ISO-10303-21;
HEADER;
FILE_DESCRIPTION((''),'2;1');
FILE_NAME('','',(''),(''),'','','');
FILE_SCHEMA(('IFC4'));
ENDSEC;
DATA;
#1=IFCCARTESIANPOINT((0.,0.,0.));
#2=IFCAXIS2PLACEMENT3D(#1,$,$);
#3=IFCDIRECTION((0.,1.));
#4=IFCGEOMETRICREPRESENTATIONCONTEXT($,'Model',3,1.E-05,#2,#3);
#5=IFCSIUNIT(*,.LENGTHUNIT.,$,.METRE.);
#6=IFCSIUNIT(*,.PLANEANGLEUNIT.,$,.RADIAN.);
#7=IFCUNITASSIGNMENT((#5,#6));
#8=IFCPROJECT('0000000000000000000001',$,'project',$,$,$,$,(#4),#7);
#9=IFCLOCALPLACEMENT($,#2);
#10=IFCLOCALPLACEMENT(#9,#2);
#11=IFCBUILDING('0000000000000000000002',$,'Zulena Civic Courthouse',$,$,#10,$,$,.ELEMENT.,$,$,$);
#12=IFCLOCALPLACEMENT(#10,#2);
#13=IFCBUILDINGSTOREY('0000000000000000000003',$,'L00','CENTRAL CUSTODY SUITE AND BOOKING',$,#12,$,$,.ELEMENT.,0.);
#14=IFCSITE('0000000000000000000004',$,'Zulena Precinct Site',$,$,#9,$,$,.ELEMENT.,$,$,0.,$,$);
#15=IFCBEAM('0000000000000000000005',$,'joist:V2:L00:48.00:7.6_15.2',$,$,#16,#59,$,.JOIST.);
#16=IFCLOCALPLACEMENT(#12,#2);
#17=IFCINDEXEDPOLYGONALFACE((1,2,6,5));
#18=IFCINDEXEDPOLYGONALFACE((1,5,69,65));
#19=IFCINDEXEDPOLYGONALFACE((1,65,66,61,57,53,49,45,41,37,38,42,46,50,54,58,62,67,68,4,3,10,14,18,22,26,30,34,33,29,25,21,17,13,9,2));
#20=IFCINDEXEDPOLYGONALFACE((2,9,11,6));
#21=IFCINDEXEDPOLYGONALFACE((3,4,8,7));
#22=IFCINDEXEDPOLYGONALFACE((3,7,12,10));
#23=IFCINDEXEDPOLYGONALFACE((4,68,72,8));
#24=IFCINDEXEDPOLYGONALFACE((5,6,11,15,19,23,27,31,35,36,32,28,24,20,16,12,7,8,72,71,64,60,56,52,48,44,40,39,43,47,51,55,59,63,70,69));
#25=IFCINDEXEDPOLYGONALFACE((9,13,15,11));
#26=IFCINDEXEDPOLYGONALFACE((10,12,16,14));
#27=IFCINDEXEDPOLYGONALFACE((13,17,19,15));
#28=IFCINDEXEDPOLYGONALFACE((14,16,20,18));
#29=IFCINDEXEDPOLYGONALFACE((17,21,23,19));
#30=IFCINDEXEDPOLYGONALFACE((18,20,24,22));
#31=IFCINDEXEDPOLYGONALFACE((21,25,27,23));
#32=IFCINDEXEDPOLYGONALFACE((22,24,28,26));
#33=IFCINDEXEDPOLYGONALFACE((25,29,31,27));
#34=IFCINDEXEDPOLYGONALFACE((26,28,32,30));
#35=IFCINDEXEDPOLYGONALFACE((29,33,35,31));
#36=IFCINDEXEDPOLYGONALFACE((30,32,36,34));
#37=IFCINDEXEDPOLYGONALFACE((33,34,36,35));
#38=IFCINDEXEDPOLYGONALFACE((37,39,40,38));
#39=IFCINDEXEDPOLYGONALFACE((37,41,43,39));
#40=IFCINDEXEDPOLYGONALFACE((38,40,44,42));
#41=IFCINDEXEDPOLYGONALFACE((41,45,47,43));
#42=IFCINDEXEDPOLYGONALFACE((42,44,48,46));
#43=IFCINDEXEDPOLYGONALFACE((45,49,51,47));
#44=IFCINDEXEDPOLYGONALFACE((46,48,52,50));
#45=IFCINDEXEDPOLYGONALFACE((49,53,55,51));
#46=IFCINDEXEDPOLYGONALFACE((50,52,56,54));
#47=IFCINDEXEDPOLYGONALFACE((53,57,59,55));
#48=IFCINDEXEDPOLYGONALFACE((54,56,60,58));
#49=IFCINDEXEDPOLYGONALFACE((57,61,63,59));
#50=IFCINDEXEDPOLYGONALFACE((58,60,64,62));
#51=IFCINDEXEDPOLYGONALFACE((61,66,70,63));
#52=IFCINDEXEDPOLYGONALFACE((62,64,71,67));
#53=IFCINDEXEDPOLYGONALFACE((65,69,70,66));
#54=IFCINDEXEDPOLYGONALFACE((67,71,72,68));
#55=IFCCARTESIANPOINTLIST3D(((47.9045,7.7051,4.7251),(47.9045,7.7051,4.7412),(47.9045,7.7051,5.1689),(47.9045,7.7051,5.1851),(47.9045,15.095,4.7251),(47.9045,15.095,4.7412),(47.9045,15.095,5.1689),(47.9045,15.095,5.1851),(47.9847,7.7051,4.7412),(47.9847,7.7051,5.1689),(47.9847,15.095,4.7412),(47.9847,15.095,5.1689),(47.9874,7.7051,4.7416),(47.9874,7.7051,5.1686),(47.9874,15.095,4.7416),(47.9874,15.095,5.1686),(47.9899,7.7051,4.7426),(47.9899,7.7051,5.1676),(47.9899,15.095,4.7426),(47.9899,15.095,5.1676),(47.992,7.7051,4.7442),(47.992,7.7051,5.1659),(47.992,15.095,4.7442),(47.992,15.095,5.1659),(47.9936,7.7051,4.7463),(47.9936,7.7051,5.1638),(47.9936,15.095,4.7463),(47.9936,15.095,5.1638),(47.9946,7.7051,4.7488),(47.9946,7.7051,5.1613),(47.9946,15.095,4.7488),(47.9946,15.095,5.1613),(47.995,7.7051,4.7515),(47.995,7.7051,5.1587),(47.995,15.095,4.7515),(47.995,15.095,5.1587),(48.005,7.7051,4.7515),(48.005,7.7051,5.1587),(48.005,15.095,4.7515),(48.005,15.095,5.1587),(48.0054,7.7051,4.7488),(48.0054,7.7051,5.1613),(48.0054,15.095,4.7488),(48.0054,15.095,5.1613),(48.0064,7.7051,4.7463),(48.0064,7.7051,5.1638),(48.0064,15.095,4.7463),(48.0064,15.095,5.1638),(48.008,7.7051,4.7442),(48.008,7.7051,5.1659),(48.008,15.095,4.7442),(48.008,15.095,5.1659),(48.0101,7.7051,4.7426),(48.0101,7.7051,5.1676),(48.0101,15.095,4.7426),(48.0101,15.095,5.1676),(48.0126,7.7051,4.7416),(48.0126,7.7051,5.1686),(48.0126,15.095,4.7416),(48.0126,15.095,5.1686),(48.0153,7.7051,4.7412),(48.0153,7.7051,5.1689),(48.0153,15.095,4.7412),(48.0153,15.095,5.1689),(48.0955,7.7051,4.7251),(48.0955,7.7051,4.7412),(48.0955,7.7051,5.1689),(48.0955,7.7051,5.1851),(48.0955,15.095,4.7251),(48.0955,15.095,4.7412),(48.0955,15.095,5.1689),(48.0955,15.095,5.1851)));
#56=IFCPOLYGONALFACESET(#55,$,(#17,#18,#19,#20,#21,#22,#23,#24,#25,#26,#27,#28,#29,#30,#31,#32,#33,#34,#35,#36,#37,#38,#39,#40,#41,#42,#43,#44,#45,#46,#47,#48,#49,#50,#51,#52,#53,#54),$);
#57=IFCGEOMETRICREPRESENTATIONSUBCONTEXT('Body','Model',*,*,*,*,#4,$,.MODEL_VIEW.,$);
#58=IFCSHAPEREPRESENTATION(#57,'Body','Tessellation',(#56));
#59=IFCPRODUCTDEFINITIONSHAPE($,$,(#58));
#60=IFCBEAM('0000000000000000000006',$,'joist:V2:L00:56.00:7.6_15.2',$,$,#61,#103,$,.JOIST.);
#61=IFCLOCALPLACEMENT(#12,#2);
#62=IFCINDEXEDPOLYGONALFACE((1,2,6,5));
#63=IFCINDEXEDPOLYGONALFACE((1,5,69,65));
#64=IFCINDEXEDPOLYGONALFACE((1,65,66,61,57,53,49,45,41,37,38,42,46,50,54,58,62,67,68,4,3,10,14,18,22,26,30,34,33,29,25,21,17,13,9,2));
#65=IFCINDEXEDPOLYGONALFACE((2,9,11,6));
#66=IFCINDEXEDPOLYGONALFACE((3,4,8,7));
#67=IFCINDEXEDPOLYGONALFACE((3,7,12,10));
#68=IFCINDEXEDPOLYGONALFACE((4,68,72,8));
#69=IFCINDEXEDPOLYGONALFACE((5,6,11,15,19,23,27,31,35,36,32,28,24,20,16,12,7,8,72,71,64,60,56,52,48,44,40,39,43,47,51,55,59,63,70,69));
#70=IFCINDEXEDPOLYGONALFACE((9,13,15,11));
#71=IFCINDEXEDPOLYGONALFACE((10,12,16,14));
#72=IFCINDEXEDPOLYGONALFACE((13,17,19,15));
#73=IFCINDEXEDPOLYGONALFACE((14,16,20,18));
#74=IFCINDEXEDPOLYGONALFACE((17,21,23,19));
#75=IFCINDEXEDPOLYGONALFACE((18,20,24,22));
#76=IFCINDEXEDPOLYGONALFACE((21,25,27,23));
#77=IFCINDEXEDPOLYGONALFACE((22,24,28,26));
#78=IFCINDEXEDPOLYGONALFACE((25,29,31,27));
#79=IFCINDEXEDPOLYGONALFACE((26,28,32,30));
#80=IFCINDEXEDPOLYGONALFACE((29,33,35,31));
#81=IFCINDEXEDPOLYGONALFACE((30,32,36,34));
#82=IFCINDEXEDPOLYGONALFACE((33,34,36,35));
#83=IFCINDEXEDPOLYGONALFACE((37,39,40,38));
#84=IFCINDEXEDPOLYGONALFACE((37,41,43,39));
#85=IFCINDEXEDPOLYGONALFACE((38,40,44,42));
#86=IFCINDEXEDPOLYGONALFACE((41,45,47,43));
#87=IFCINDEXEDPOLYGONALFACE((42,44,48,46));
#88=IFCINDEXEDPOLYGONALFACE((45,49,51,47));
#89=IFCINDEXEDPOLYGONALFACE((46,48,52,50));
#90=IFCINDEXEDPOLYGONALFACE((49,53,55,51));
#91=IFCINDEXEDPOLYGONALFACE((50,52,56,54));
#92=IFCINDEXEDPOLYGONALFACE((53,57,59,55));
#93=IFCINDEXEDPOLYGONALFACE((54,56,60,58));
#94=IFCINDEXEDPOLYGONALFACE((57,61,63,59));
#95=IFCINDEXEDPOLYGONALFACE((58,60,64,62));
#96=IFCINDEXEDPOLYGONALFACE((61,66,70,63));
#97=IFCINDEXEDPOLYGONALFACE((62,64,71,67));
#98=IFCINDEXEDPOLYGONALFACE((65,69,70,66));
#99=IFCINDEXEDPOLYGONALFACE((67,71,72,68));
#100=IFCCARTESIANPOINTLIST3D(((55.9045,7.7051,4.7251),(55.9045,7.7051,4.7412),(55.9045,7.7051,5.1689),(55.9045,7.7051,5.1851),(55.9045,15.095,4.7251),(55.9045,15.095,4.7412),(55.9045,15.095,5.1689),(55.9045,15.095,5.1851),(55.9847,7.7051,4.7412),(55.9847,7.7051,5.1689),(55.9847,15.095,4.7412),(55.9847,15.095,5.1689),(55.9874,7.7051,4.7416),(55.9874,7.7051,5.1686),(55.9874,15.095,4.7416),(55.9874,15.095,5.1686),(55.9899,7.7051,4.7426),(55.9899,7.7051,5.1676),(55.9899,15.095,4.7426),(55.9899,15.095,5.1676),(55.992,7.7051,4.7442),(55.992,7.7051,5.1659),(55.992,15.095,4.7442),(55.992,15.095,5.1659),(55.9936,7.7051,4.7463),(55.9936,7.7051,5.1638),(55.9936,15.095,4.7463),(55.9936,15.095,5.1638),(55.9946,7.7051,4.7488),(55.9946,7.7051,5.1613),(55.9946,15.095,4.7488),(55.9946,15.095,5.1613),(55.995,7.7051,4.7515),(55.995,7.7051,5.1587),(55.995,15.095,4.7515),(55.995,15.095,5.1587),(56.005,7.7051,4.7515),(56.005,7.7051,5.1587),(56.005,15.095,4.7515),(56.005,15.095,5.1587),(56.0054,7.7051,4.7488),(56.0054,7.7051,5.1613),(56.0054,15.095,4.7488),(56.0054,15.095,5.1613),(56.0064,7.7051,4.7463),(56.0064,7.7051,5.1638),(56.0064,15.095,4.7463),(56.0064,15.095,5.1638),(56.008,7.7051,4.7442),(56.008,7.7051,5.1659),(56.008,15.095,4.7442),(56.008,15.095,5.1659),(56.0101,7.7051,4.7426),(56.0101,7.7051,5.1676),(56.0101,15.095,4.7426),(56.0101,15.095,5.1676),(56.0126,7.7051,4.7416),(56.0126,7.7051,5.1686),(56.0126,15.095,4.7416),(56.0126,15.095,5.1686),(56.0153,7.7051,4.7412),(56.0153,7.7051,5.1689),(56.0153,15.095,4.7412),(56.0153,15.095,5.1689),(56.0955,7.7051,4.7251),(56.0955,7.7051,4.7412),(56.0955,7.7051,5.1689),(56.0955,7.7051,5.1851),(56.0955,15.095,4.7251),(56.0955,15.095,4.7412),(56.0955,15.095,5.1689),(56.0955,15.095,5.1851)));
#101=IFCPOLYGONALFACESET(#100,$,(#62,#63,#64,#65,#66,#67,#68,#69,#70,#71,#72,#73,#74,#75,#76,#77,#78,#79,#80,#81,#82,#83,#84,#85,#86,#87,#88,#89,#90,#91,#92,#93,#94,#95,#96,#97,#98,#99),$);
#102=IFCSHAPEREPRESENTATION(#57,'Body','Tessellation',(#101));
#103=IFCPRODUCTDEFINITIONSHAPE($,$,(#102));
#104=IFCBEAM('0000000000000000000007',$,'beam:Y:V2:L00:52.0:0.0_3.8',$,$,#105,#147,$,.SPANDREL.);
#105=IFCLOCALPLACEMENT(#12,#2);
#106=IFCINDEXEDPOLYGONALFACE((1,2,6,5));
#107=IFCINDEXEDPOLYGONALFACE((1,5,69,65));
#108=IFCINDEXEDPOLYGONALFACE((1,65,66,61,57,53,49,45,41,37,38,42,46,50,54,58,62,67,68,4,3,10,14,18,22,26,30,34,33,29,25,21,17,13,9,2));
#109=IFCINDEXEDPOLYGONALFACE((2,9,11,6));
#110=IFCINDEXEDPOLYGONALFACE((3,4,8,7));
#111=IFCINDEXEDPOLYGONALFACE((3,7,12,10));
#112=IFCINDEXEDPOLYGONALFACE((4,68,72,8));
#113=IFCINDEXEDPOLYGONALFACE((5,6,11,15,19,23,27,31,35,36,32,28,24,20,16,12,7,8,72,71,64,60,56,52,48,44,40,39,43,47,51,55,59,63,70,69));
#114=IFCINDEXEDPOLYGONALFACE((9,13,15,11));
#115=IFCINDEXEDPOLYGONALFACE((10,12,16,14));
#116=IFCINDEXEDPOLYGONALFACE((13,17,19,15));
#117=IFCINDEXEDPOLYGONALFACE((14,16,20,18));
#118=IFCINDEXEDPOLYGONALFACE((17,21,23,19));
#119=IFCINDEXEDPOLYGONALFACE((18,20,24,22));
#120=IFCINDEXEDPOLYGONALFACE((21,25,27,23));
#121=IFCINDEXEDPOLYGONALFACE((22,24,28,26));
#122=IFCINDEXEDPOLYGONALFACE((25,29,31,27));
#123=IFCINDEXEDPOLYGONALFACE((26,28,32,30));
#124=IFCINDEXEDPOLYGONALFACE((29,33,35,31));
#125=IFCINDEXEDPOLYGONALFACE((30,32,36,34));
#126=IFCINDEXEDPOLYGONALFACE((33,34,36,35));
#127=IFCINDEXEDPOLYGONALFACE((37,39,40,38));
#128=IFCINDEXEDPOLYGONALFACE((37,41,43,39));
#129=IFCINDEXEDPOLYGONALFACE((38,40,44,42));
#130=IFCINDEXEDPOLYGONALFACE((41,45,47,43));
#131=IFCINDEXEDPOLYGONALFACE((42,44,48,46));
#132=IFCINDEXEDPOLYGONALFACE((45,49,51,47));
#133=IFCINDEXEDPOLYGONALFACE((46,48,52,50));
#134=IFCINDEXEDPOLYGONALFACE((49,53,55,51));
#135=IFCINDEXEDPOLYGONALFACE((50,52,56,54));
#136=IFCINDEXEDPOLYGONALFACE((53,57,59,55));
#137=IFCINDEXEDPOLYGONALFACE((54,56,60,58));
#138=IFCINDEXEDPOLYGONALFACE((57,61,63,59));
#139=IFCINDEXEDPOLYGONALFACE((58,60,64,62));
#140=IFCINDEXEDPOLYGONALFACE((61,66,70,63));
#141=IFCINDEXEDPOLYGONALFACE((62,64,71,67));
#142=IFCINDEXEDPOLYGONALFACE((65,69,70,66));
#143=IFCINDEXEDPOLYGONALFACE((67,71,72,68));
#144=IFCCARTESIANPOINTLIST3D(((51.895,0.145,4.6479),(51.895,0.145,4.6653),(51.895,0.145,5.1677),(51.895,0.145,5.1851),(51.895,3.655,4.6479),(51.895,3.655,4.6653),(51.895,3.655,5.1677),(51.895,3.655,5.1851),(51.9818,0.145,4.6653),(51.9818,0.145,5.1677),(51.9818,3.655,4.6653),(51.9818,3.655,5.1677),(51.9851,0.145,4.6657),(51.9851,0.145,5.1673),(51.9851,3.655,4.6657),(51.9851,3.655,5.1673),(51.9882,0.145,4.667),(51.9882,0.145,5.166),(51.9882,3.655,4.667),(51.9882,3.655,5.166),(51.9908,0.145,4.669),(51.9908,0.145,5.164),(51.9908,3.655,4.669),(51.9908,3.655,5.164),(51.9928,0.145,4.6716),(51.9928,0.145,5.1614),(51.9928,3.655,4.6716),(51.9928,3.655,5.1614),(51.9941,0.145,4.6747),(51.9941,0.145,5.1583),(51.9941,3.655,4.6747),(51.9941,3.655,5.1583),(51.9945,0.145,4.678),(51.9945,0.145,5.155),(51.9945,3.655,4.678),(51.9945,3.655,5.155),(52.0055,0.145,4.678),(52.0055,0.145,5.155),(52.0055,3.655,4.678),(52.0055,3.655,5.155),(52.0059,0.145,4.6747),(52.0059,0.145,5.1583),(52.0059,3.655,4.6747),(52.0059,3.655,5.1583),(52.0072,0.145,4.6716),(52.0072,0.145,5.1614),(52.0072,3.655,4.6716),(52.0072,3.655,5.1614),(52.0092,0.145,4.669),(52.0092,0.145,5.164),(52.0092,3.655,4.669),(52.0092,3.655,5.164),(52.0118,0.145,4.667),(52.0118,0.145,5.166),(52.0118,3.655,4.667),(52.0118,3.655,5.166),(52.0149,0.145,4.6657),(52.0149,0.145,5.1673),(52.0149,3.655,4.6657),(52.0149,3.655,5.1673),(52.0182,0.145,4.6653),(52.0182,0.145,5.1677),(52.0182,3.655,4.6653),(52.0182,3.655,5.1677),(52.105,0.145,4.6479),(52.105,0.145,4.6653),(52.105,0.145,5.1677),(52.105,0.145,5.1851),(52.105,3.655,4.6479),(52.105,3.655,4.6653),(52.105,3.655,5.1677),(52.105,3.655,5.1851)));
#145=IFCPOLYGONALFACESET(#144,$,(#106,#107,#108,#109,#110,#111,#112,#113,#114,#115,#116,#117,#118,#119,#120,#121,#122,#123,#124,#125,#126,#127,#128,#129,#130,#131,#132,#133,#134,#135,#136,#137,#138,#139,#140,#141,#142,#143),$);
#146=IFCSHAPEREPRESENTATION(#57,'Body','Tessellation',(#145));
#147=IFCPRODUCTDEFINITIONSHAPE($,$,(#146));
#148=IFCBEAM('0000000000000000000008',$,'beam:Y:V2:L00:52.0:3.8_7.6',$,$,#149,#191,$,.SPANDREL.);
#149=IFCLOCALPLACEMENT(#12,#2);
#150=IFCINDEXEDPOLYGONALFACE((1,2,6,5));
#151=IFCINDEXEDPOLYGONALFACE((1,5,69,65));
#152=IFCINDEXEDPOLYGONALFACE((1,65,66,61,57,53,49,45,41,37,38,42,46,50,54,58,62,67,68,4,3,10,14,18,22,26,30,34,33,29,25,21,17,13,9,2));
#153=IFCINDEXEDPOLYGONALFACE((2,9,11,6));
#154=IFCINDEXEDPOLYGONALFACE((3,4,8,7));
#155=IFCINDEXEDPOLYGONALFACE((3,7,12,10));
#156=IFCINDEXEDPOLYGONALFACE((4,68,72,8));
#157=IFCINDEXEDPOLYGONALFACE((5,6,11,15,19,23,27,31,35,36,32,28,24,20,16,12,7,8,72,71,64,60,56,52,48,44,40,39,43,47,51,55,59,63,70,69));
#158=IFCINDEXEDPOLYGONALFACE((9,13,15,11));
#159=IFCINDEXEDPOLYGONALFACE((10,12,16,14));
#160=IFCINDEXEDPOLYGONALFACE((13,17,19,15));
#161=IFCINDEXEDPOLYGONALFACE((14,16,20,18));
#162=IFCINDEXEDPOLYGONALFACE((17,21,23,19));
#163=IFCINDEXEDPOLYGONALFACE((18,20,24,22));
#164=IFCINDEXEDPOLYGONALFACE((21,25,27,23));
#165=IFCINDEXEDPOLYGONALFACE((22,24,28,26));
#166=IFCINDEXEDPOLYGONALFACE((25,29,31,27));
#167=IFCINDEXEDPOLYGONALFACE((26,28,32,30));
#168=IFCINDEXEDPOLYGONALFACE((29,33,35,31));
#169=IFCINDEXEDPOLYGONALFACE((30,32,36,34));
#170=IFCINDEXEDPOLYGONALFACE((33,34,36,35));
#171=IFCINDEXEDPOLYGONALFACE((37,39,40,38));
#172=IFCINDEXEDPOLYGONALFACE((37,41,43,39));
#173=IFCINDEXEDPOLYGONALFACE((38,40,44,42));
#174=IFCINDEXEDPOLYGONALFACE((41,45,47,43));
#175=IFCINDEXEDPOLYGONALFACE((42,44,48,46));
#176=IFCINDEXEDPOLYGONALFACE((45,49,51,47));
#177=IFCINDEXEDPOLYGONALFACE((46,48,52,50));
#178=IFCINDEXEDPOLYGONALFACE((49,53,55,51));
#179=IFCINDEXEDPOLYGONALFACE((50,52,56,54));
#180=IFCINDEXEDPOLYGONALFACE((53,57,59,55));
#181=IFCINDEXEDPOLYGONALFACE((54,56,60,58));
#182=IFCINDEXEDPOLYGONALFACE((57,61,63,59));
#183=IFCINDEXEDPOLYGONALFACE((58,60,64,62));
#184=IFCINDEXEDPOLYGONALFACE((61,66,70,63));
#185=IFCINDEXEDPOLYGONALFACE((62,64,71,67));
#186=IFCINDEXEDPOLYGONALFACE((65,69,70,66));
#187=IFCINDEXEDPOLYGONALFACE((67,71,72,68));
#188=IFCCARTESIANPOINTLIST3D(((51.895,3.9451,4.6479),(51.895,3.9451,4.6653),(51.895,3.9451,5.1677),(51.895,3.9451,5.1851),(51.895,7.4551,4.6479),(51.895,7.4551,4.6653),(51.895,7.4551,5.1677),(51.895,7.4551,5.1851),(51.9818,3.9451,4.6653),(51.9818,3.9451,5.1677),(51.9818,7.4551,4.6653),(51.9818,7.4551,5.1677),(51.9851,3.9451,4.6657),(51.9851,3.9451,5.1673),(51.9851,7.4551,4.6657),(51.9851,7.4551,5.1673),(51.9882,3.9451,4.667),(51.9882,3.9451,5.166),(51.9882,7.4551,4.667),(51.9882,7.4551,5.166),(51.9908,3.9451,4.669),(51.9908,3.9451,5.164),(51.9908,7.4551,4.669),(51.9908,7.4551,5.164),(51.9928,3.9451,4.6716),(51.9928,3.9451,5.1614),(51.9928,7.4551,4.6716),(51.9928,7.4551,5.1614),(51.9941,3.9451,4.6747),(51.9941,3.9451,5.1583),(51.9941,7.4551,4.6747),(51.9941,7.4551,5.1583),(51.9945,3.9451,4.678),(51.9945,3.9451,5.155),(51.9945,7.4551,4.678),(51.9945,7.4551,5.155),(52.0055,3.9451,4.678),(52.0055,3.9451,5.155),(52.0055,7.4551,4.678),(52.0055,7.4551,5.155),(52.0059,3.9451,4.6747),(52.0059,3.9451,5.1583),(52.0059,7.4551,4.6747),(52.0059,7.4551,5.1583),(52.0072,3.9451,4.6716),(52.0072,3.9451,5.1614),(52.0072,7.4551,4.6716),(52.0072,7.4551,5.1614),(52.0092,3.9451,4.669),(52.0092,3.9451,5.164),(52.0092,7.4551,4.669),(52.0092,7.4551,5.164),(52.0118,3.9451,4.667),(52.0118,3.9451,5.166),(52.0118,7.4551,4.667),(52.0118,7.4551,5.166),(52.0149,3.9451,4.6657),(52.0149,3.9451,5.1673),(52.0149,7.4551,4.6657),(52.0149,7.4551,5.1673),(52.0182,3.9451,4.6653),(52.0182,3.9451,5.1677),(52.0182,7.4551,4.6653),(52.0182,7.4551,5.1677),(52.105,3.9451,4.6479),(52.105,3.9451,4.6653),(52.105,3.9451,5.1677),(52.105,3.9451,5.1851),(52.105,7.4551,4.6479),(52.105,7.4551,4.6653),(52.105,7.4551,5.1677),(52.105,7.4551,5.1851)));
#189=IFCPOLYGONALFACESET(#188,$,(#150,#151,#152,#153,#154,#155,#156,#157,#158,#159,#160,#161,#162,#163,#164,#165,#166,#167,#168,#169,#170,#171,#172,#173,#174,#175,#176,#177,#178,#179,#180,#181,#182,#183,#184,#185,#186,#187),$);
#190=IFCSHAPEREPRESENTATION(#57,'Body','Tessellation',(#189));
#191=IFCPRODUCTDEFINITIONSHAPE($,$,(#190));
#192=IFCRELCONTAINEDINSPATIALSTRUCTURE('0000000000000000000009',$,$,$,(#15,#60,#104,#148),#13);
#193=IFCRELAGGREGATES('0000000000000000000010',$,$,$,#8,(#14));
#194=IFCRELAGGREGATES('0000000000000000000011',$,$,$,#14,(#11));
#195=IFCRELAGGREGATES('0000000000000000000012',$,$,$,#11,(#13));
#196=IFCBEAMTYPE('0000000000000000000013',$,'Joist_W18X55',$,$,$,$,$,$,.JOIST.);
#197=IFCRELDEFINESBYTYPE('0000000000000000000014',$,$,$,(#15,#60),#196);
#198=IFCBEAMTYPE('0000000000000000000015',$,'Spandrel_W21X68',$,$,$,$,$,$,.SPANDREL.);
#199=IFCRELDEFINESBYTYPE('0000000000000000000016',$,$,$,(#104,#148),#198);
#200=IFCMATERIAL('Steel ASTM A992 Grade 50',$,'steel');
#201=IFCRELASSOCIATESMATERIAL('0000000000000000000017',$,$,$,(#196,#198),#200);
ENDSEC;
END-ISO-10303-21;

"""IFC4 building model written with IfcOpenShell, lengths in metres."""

from ifc_helpers import new_model, si_unit, direction, frame, origin, origin_2d, place, context, subcontext, project, spatial, i_section, extrude, material, material_profile, profile_set, type_object, element, save


model = new_model("IFC4")

# Units and contexts
model_context = context("Model", 3, precision=1e-05, world=origin(), true_north=direction((0.0, 1.0)))
body_context = subcontext(model_context, "Body", "Model", "MODEL_VIEW")
ifc_project = project(units=[si_unit("LENGTHUNIT", "METRE"), si_unit("PLANEANGLEUNIT", "RADIAN")], contexts=[model_context])

# Site, building, storey
site_placement = place(None, origin())
site = spatial("IfcSite", under=ifc_project, at=site_placement, Name="Zulena Precinct Site", CompositionType="ELEMENT", RefElevation=0.0)
building_placement = place(site_placement, origin())
building = spatial("IfcBuilding", under=site, at=building_placement, Name="Zulena Civic Courthouse", CompositionType="ELEMENT")
storey_placement = place(building_placement, origin())
storey = spatial("IfcBuildingStorey", under=building, at=storey_placement, Name="L00", Description="CENTRAL CUSTODY SUITE AND BOOKING", CompositionType="ELEMENT", Elevation=0.0)

# Shared definitions
ifc_material_1 = material(Name="Steel ASTM A992 Grade 50", Category="steel")

# Beams
ifc_material_profile_1 = material_profile(ifc_material_1, i_section(OverallWidth=0.1909, OverallDepth=0.46, WebThickness=0.01, FlangeThickness=0.0161, FilletRadius=0.0103, at=origin_2d()), Name="W18X55")
ifc_profile_set_1 = profile_set([ifc_material_profile_1], Name="Steel ASTM A992 Grade 50")
beam_type_1 = type_object("IfcBeamType", Name="Joist_W18X55", PredefinedType="JOIST", material=ifc_profile_set_1)
for number, where, z_axis, x_axis, name in (
    (1, (48.0, 7.7051, 4.9551), (0.0, 1.0, 0.0), (-1.0, 0.0, 0.0), "joist:V2:L00:48.00:7.6_15.2"),
    (2, (56.0, 7.7051, 4.9551), (0.0, 1.0, 0.0), (-1.0, 0.0, 0.0), "joist:V2:L00:56.00:7.6_15.2"),
):
    element("IfcBeam", number, at=place(storey_placement, frame(where, z_axis=z_axis, x_axis=x_axis)), inside=storey, type_object=beam_type_1, Name=name, PredefinedType="JOIST", context=body_context, shape_type="SweptSolid", body=[
        extrude(i_section(OverallWidth=0.1909, OverallDepth=0.46, WebThickness=0.01, FlangeThickness=0.0161, FilletRadius=0.0103, at=origin_2d()), origin(), (0.0, 0.0, 1.0), 7.3899),
    ])
ifc_material_profile_2 = material_profile(ifc_material_1, i_section(OverallWidth=0.21, OverallDepth=0.5371, WebThickness=0.011, FlangeThickness=0.0173, FilletRadius=0.0127, at=origin_2d()), Name="W21X68")
ifc_profile_set_2 = profile_set([ifc_material_profile_2], Name="Steel ASTM A992 Grade 50")
beam_type_2 = type_object("IfcBeamType", Name="Spandrel_W21X68", PredefinedType="SPANDREL", material=ifc_profile_set_2)
for number, where, z_axis, x_axis, name in (
    (3, (52.0, 0.145, 4.9165), (0.0, 1.0, 0.0), (-1.0, 0.0, 0.0), "beam:Y:V2:L00:52.0:0.0_3.8"),
    (4, (52.0, 3.9451, 4.9165), (0.0, 1.0, 0.0), (-1.0, 0.0, 0.0), "beam:Y:V2:L00:52.0:3.8_7.6"),
):
    element("IfcBeam", number, at=place(storey_placement, frame(where, z_axis=z_axis, x_axis=x_axis)), inside=storey, type_object=beam_type_2, Name=name, PredefinedType="SPANDREL", context=body_context, shape_type="SweptSolid", body=[
        extrude(i_section(OverallWidth=0.21, OverallDepth=0.5371, WebThickness=0.011, FlangeThickness=0.0173, FilletRadius=0.0127, at=origin_2d()), origin(), (0.0, 0.0, 1.0), 3.51),
    ])

save(model, "model.ifc")
